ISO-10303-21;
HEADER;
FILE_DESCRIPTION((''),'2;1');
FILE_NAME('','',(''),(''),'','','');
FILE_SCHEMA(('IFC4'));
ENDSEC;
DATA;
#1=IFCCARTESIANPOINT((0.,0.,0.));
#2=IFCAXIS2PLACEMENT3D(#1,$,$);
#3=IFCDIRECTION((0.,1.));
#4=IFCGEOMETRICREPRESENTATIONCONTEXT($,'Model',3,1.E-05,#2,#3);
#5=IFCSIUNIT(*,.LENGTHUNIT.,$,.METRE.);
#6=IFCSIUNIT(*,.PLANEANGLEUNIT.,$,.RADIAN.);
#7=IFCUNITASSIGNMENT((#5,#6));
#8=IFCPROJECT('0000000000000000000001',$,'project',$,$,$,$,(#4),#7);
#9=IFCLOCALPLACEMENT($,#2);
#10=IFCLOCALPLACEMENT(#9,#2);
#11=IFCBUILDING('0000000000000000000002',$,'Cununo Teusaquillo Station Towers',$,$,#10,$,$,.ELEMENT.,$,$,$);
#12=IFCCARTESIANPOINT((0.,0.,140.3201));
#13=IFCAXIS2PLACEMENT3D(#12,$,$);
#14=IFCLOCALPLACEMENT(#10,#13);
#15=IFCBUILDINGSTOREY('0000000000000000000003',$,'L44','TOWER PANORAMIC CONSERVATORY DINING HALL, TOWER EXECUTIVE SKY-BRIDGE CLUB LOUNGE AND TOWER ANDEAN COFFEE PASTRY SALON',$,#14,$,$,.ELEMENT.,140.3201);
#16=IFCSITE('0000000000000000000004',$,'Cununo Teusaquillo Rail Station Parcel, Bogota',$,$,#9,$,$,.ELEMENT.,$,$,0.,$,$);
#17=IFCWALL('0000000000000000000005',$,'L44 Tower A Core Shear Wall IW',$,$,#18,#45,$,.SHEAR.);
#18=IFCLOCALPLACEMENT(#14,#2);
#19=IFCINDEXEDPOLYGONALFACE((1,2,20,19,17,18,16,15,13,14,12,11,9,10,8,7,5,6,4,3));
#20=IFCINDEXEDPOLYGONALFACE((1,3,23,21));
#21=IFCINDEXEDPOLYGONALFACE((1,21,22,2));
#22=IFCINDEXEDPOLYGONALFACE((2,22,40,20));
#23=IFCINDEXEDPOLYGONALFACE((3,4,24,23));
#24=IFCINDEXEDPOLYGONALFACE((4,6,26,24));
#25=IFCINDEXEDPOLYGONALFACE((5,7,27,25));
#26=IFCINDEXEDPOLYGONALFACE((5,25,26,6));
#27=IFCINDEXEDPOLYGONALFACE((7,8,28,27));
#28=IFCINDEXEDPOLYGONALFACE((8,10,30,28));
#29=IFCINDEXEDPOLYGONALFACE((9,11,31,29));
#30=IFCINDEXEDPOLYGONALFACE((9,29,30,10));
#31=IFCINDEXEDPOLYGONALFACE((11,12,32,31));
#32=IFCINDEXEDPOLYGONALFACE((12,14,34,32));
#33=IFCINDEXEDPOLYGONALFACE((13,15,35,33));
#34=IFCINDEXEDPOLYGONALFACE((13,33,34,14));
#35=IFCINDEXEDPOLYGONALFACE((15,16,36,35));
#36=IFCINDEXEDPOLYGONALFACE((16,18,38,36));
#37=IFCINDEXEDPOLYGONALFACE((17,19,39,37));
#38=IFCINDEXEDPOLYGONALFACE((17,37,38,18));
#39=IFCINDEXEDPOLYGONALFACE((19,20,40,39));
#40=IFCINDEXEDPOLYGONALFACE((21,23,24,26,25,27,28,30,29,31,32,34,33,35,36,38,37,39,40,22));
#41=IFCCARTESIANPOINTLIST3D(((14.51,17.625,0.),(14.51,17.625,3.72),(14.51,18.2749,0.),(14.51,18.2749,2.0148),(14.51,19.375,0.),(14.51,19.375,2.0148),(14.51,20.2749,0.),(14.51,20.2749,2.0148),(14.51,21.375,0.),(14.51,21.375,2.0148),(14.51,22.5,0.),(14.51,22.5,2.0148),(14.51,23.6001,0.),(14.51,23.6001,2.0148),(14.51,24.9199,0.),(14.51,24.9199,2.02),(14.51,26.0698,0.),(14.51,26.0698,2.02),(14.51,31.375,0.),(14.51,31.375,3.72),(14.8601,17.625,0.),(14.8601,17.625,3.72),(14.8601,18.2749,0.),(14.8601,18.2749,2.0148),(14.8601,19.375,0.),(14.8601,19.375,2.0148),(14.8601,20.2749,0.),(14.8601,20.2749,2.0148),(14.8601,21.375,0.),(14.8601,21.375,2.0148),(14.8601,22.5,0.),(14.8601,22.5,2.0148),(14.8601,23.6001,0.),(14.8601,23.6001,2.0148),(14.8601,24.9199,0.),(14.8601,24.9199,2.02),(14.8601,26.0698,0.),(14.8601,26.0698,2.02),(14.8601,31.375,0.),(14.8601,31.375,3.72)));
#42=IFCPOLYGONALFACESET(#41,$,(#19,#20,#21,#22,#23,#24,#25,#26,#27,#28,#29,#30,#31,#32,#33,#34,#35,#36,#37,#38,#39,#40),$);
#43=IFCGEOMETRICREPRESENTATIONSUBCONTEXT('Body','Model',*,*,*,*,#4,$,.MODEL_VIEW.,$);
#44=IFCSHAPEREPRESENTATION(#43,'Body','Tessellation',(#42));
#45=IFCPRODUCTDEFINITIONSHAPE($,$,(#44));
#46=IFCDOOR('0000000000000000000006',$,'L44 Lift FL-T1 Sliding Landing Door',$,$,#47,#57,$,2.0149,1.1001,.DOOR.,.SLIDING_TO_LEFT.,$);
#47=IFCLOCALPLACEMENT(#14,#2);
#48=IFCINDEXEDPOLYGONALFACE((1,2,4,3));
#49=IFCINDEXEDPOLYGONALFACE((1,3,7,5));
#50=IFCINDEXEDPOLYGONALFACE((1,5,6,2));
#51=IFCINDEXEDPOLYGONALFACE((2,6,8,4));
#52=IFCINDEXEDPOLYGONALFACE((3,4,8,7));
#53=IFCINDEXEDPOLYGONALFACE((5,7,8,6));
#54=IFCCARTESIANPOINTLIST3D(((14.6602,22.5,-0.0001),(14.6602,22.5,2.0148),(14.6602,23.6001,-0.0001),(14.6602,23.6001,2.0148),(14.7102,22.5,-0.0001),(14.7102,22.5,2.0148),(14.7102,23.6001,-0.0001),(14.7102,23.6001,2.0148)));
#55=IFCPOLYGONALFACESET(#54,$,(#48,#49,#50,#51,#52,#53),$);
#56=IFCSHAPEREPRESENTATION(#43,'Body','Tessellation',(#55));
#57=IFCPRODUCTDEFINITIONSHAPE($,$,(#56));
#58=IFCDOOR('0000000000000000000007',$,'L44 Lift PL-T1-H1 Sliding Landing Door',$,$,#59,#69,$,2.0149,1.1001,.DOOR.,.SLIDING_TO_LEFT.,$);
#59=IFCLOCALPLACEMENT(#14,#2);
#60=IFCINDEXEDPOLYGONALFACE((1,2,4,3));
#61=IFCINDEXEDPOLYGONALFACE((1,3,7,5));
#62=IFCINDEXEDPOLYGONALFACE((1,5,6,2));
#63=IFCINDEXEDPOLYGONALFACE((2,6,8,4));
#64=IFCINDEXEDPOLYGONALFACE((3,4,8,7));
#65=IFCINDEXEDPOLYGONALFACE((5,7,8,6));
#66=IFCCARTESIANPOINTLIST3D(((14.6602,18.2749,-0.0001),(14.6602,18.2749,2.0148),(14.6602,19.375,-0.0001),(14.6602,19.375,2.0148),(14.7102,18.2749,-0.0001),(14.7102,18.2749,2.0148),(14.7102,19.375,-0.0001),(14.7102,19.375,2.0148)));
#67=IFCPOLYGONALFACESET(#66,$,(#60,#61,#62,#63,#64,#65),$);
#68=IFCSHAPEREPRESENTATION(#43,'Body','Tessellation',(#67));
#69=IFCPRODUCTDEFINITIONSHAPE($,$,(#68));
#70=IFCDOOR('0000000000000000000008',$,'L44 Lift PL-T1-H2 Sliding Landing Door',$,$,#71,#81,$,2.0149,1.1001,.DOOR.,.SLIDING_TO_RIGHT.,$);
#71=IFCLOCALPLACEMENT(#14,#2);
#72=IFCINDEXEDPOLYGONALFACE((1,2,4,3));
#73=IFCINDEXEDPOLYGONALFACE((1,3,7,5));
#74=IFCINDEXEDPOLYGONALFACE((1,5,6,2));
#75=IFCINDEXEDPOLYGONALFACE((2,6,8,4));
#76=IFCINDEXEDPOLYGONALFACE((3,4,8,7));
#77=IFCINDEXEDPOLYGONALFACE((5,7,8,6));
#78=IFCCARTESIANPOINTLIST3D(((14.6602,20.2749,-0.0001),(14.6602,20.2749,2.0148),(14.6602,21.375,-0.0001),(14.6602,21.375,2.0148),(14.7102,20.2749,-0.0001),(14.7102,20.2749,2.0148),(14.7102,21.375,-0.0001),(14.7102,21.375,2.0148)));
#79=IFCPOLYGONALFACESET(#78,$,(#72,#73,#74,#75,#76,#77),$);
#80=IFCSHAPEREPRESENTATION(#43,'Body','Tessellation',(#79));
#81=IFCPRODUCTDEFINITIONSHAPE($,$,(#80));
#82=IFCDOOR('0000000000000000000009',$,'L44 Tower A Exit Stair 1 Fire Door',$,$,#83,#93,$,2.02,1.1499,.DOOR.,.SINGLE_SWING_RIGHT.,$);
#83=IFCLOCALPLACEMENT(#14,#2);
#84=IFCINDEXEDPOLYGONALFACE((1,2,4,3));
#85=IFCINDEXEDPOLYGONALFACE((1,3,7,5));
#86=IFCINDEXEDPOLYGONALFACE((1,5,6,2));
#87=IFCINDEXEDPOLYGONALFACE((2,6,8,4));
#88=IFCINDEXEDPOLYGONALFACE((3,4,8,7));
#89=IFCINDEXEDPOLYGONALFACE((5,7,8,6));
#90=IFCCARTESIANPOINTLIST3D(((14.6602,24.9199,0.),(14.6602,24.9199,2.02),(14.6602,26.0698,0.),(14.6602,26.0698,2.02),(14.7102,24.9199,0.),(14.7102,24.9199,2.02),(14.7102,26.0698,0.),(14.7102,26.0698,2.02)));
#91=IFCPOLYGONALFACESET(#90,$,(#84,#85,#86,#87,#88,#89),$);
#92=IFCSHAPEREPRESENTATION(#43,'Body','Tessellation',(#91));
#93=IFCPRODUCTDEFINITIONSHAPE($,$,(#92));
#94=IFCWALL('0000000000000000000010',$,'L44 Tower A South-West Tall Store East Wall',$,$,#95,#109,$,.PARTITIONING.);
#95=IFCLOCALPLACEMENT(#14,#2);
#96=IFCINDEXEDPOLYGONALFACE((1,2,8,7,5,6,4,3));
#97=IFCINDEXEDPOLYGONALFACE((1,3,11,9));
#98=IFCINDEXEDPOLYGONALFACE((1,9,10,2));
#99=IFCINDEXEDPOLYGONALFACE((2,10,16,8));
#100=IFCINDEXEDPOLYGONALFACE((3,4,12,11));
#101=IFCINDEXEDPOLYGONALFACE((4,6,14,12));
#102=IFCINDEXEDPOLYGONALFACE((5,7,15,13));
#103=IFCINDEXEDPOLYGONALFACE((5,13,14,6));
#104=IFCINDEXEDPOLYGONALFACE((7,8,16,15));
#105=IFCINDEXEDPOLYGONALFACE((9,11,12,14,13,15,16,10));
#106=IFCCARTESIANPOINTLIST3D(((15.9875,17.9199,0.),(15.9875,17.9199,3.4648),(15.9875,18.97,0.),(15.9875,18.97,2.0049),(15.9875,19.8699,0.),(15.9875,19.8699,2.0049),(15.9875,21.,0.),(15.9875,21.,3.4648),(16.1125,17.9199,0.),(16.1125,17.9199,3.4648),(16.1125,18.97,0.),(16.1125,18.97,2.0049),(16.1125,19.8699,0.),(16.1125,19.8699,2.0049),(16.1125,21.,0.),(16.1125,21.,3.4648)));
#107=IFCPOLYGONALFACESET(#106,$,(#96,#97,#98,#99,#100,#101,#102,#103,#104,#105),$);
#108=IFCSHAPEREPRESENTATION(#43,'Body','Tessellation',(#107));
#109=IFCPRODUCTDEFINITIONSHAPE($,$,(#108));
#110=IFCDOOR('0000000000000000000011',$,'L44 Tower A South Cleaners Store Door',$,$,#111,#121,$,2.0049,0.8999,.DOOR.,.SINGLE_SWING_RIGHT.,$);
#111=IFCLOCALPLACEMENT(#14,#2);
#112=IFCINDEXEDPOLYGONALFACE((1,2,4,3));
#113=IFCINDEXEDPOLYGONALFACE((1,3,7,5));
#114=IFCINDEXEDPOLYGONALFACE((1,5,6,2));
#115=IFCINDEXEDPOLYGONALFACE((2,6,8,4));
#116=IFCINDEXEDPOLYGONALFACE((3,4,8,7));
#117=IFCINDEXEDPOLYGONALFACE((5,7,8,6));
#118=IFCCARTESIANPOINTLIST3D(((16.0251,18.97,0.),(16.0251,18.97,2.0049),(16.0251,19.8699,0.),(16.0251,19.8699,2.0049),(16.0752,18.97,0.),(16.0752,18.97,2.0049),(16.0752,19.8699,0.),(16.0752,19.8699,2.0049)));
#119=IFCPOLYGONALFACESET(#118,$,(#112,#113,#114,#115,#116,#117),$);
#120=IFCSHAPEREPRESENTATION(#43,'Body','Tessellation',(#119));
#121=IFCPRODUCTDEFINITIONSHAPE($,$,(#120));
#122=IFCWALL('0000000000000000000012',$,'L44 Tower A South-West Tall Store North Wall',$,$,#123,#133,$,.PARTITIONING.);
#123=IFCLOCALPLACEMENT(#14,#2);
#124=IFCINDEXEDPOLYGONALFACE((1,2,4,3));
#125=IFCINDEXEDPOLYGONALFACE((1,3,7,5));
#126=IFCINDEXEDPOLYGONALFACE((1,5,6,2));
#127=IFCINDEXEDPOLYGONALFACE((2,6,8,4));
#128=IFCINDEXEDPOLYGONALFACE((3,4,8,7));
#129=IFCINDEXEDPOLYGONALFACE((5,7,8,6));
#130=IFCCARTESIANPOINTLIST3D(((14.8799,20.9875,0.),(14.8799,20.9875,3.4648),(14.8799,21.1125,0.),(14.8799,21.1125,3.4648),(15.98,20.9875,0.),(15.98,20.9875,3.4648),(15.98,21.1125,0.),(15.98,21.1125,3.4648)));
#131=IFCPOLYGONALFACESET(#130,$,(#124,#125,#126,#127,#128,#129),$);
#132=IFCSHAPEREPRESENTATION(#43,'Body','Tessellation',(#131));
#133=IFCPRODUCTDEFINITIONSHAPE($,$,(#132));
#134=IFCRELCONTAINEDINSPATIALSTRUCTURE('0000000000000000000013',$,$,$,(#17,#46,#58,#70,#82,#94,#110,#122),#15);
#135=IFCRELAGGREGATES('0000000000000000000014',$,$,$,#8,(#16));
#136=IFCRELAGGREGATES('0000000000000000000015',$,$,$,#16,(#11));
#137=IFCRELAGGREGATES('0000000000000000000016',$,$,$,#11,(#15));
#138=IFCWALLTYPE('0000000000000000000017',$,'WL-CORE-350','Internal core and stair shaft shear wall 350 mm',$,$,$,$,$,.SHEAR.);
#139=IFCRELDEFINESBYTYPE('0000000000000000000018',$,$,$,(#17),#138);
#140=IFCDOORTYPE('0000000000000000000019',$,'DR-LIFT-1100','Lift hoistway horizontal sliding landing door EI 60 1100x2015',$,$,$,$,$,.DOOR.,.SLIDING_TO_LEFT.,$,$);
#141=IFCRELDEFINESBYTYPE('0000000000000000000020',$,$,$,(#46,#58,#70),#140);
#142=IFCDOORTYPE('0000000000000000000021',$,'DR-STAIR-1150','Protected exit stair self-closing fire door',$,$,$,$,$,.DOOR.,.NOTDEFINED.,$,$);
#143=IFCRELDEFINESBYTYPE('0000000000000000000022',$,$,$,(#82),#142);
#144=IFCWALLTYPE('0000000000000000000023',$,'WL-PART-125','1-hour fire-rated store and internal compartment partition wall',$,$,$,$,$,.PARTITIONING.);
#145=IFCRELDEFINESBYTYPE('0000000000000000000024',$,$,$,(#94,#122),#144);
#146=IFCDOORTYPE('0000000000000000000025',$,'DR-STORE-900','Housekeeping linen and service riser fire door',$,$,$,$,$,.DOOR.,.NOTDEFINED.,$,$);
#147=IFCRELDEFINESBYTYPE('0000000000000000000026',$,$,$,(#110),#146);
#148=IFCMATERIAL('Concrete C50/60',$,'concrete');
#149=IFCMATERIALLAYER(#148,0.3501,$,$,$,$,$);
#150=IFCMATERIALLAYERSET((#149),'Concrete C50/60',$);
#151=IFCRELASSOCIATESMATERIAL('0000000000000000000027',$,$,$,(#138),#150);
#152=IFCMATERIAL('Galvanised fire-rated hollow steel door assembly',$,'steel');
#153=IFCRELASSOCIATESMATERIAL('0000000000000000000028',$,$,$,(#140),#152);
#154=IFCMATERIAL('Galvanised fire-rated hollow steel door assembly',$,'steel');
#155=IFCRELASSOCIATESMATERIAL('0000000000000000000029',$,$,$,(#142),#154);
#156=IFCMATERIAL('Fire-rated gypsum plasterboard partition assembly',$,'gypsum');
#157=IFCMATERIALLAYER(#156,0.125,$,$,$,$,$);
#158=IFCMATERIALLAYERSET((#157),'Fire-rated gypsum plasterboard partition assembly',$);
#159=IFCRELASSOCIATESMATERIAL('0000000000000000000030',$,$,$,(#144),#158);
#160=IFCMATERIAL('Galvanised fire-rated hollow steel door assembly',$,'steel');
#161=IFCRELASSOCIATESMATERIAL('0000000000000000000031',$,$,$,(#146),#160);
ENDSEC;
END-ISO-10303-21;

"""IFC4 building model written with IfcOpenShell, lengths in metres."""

from ifc_helpers import new_model, si_unit, direction, frame, frame_2d, origin, place, context, subcontext, project, spatial, rectangle, extrude, source, transform, mapped, material, layer, layer_set, type_object, element, fill, save


model = new_model("IFC4")

# Units and contexts
model_context = context("Model", 3, precision=1e-05, world=origin(), true_north=direction((0.0, 1.0)))
body_context = subcontext(model_context, "Body", "Model", "MODEL_VIEW")
ifc_project = project(units=[si_unit("LENGTHUNIT", "METRE"), si_unit("PLANEANGLEUNIT", "RADIAN")], contexts=[model_context])

# Site, building, storey
site_placement = place(None, origin())
site = spatial("IfcSite", under=ifc_project, at=site_placement, Name="Cununo Teusaquillo Rail Station Parcel, Bogota", CompositionType="ELEMENT", RefElevation=0.0)
building_placement = place(site_placement, origin())
building = spatial("IfcBuilding", under=site, at=building_placement, Name="Cununo Teusaquillo Station Towers", CompositionType="ELEMENT")
storey_placement = place(building_placement, frame((0.0, 0.0, 140.3201)))
storey = spatial("IfcBuildingStorey", under=building, at=storey_placement, Name="L44", Description="TOWER PANORAMIC CONSERVATORY DINING HALL, TOWER EXECUTIVE SKY-BRIDGE CLUB LOUNGE AND TOWER ANDEAN COFFEE PASTRY SALON", CompositionType="ELEMENT", Elevation=140.3201)

# Wall, openings, doors
ifc_material_1 = material(Name="Concrete C50/60", Category="concrete")
ifc_layer_1 = layer(ifc_material_1, 0.3501)
ifc_layer_set_1 = layer_set([ifc_layer_1], Name="Concrete C50/60")
wall_type_1 = type_object("IfcWallType", Name="WL-CORE-350", Description="Internal core and stair shaft shear wall 350 mm", PredefinedType="SHEAR", material=ifc_layer_set_1)
wall_1_placement = place(storey_placement, frame((14.6851, 17.625, 0.0), z_axis=(0.0, 0.0, 1.0), x_axis=(0.0, 1.0, 0.0)))
wall_1 = element("IfcWall", 1, at=wall_1_placement, inside=storey, type_object=wall_type_1, Name="L44 Tower A Core Shear Wall IW", PredefinedType="SHEAR", context=body_context, shape_type="SweptSolid", body=[
    extrude(rectangle(XDim=13.75, YDim=0.3501, at=frame_2d((6.875, 0.0))), origin(), (0.0, 0.0, 1.0), 3.72),
])
shared_shape_1 = source(origin(), body_context, "Body", "SweptSolid", [
    extrude(rectangle(XDim=1.1001, YDim=2.0149, at=frame_2d((0.55, 1.0073))), frame((0.0, 0.1851, 0.0), z_axis=(0.0, -1.0, 0.0), x_axis=(1.0, 0.0, 0.0)), (0.0, 0.0, 1.0), 0.3701),
])
opening_1_placement = place(wall_1_placement, frame((4.875, 0.0, 0.0)))
opening_1 = element("IfcOpeningElement", 2, at=opening_1_placement, cuts=wall_1, PredefinedType="OPENING", context=body_context, shape_type="MappedRepresentation", body=[
    mapped(shared_shape_1, transform((0.0, 0.0, 0.0), x_axis=(1.0, 0.0, 0.0), y_axis=(0.0, 1.0, 0.0), z_axis=(0.0, 0.0, 1.0), scale=1.0)),
])
opening_2_placement = place(wall_1_placement, frame((0.6499, 0.0, 0.0)))
opening_2 = element("IfcOpeningElement", 3, at=opening_2_placement, cuts=wall_1, PredefinedType="OPENING", context=body_context, shape_type="MappedRepresentation", body=[
    mapped(shared_shape_1, transform((0.0, 0.0, 0.0), x_axis=(1.0, 0.0, 0.0), y_axis=(0.0, 1.0, 0.0), z_axis=(0.0, 0.0, 1.0), scale=1.0)),
])
opening_3_placement = place(wall_1_placement, frame((2.6499, 0.0, 0.0)))
opening_3 = element("IfcOpeningElement", 4, at=opening_3_placement, cuts=wall_1, PredefinedType="OPENING", context=body_context, shape_type="MappedRepresentation", body=[
    mapped(shared_shape_1, transform((0.0, 0.0, 0.0), x_axis=(1.0, 0.0, 0.0), y_axis=(0.0, 1.0, 0.0), z_axis=(0.0, 0.0, 1.0), scale=1.0)),
])
shared_shape_2 = source(origin(), body_context, "Body", "SweptSolid", [
    extrude(rectangle(XDim=1.1499, YDim=2.02, at=frame_2d((0.575, 1.01))), frame((0.0, 0.1851, 0.0), z_axis=(0.0, -1.0, 0.0), x_axis=(1.0, 0.0, 0.0)), (0.0, 0.0, 1.0), 0.3701),
])
opening_4_placement = place(wall_1_placement, frame((7.2949, 0.0, 0.0)))
opening_4 = element("IfcOpeningElement", 5, at=opening_4_placement, cuts=wall_1, PredefinedType="OPENING", context=body_context, shape_type="MappedRepresentation", body=[
    mapped(shared_shape_2, transform((0.0, 0.0, 0.0), x_axis=(1.0, 0.0, 0.0), y_axis=(0.0, 1.0, 0.0), z_axis=(0.0, 0.0, 1.0), scale=1.0)),
])
ifc_material_2 = material(Name="Galvanised fire-rated hollow steel door assembly", Category="steel")
door_type_1 = type_object("IfcDoorType", Name="DR-LIFT-1100", Description="Lift hoistway horizontal sliding landing door EI 60 1100x2015", OperationType="SLIDING_TO_LEFT", PredefinedType="DOOR", material=ifc_material_2)
shared_shape_3 = source(origin(), body_context, "Body", "SweptSolid", [
    extrude(rectangle(XDim=1.1001, YDim=2.0149, at=frame_2d((0.55, 1.0073))), frame((0.0, 0.0249, 0.0), z_axis=(0.0, -1.0, 0.0), x_axis=(1.0, 0.0, 0.0)), (0.0, 0.0, 1.0), 0.05),
])
door_1_placement = place(opening_1_placement, origin())
door_1 = element("IfcDoor", 6, at=door_1_placement, inside=storey, type_object=door_type_1, Name="L44 Lift FL-T1 Sliding Landing Door", OperationType="SLIDING_TO_LEFT", OverallHeight=2.0149, OverallWidth=1.1001, PredefinedType="DOOR", context=body_context, shape_type="MappedRepresentation", body=[
    mapped(shared_shape_3, transform((0.0, 0.0, 0.0), x_axis=(1.0, 0.0, 0.0), y_axis=(0.0, 1.0, 0.0), z_axis=(0.0, 0.0, 1.0), scale=1.0)),
])
fill(opening_1, door_1)
door_2_placement = place(opening_2_placement, origin())
door_2 = element("IfcDoor", 7, at=door_2_placement, inside=storey, type_object=door_type_1, Name="L44 Lift PL-T1-H1 Sliding Landing Door", OperationType="SLIDING_TO_LEFT", OverallHeight=2.0149, OverallWidth=1.1001, PredefinedType="DOOR", context=body_context, shape_type="MappedRepresentation", body=[
    mapped(shared_shape_3, transform((0.0, 0.0, 0.0), x_axis=(1.0, 0.0, 0.0), y_axis=(0.0, 1.0, 0.0), z_axis=(0.0, 0.0, 1.0), scale=1.0)),
])
fill(opening_2, door_2)
door_3_placement = place(opening_3_placement, origin())
door_3 = element("IfcDoor", 8, at=door_3_placement, inside=storey, type_object=door_type_1, Name="L44 Lift PL-T1-H2 Sliding Landing Door", OperationType="SLIDING_TO_RIGHT", OverallHeight=2.0149, OverallWidth=1.1001, PredefinedType="DOOR", context=body_context, shape_type="MappedRepresentation", body=[
    mapped(shared_shape_3, transform((0.0, 0.0, 0.0), x_axis=(1.0, 0.0, 0.0), y_axis=(0.0, 1.0, 0.0), z_axis=(0.0, 0.0, 1.0), scale=1.0)),
])
fill(opening_3, door_3)
ifc_material_3 = material(Name="Galvanised fire-rated hollow steel door assembly", Category="steel")
door_type_2 = type_object("IfcDoorType", Name="DR-STAIR-1150", Description="Protected exit stair self-closing fire door", OperationType="NOTDEFINED", PredefinedType="DOOR", material=ifc_material_3)
shared_shape_4 = source(origin(), body_context, "Body", "SweptSolid", [
    extrude(rectangle(XDim=1.1499, YDim=2.02, at=frame_2d((0.575, 1.01))), frame((0.0, 0.0249, 0.0), z_axis=(0.0, -1.0, 0.0), x_axis=(1.0, 0.0, 0.0)), (0.0, 0.0, 1.0), 0.05),
])
door_4_placement = place(opening_4_placement, origin())
door_4 = element("IfcDoor", 9, at=door_4_placement, inside=storey, type_object=door_type_2, Name="L44 Tower A Exit Stair 1 Fire Door", OperationType="SINGLE_SWING_RIGHT", OverallHeight=2.02, OverallWidth=1.1499, PredefinedType="DOOR", context=body_context, shape_type="MappedRepresentation", body=[
    mapped(shared_shape_4, transform((0.0, 0.0, 0.0), x_axis=(1.0, 0.0, 0.0), y_axis=(0.0, 1.0, 0.0), z_axis=(0.0, 0.0, 1.0), scale=1.0)),
])
fill(opening_4, door_4)

# Wall, opening, door
ifc_material_4 = material(Name="Fire-rated gypsum plasterboard partition assembly", Category="gypsum")
ifc_layer_2 = layer(ifc_material_4, 0.125)
ifc_layer_set_2 = layer_set([ifc_layer_2], Name="Fire-rated gypsum plasterboard partition assembly")
wall_type_2 = type_object("IfcWallType", Name="WL-PART-125", Description="1-hour fire-rated store and internal compartment partition wall", PredefinedType="PARTITIONING", material=ifc_layer_set_2)
wall_2_placement = place(storey_placement, frame((16.05, 17.9199, 0.0), z_axis=(0.0, 0.0, 1.0), x_axis=(0.0, 1.0, 0.0)))
wall_2 = element("IfcWall", 10, at=wall_2_placement, inside=storey, type_object=wall_type_2, Name="L44 Tower A South-West Tall Store East Wall", PredefinedType="PARTITIONING", context=body_context, shape_type="SweptSolid", body=[
    extrude(rectangle(XDim=3.0801, YDim=0.125, at=frame_2d((1.54, 0.0))), origin(), (0.0, 0.0, 1.0), 3.4648),
])
shared_shape_5 = source(origin(), body_context, "Body", "SweptSolid", [
    extrude(rectangle(XDim=0.8999, YDim=2.0049, at=frame_2d((0.45, 1.0024))), frame((0.0, 0.0725, 0.0), z_axis=(0.0, -1.0, 0.0), x_axis=(1.0, 0.0, 0.0)), (0.0, 0.0, 1.0), 0.145),
])
opening_5_placement = place(wall_2_placement, frame((1.05, 0.0, 0.0)))
opening_5 = element("IfcOpeningElement", 11, at=opening_5_placement, cuts=wall_2, PredefinedType="OPENING", context=body_context, shape_type="MappedRepresentation", body=[
    mapped(shared_shape_5, transform((0.0, 0.0, 0.0), x_axis=(1.0, 0.0, 0.0), y_axis=(0.0, 1.0, 0.0), z_axis=(0.0, 0.0, 1.0), scale=1.0)),
])
ifc_material_5 = material(Name="Galvanised fire-rated hollow steel door assembly", Category="steel")
door_type_3 = type_object("IfcDoorType", Name="DR-STORE-900", Description="Housekeeping linen and service riser fire door", OperationType="NOTDEFINED", PredefinedType="DOOR", material=ifc_material_5)
shared_shape_6 = source(origin(), body_context, "Body", "SweptSolid", [
    extrude(rectangle(XDim=0.8999, YDim=2.0049, at=frame_2d((0.45, 1.0024))), frame((0.0, 0.0249, 0.0), z_axis=(0.0, -1.0, 0.0), x_axis=(1.0, 0.0, 0.0)), (0.0, 0.0, 1.0), 0.05),
])
door_5_placement = place(opening_5_placement, origin())
door_5 = element("IfcDoor", 12, at=door_5_placement, inside=storey, type_object=door_type_3, Name="L44 Tower A South Cleaners Store Door", OperationType="SINGLE_SWING_RIGHT", OverallHeight=2.0049, OverallWidth=0.8999, PredefinedType="DOOR", context=body_context, shape_type="MappedRepresentation", body=[
    mapped(shared_shape_6, transform((0.0, 0.0, 0.0), x_axis=(1.0, 0.0, 0.0), y_axis=(0.0, 1.0, 0.0), z_axis=(0.0, 0.0, 1.0), scale=1.0)),
])
fill(opening_5, door_5)

# Wall
wall_3_placement = place(storey_placement, frame((14.8799, 21.05, 0.0), z_axis=(0.0, 0.0, 1.0), x_axis=(1.0, 0.0, 0.0)))
element("IfcWall", 13, at=wall_3_placement, inside=storey, type_object=wall_type_2, Name="L44 Tower A South-West Tall Store North Wall", PredefinedType="PARTITIONING", context=body_context, shape_type="SweptSolid", body=[
    extrude(rectangle(XDim=1.1001, YDim=0.125, at=frame_2d((0.55, 0.0))), origin(), (0.0, 0.0, 1.0), 3.4648),
])

save(model, "model.ifc")
